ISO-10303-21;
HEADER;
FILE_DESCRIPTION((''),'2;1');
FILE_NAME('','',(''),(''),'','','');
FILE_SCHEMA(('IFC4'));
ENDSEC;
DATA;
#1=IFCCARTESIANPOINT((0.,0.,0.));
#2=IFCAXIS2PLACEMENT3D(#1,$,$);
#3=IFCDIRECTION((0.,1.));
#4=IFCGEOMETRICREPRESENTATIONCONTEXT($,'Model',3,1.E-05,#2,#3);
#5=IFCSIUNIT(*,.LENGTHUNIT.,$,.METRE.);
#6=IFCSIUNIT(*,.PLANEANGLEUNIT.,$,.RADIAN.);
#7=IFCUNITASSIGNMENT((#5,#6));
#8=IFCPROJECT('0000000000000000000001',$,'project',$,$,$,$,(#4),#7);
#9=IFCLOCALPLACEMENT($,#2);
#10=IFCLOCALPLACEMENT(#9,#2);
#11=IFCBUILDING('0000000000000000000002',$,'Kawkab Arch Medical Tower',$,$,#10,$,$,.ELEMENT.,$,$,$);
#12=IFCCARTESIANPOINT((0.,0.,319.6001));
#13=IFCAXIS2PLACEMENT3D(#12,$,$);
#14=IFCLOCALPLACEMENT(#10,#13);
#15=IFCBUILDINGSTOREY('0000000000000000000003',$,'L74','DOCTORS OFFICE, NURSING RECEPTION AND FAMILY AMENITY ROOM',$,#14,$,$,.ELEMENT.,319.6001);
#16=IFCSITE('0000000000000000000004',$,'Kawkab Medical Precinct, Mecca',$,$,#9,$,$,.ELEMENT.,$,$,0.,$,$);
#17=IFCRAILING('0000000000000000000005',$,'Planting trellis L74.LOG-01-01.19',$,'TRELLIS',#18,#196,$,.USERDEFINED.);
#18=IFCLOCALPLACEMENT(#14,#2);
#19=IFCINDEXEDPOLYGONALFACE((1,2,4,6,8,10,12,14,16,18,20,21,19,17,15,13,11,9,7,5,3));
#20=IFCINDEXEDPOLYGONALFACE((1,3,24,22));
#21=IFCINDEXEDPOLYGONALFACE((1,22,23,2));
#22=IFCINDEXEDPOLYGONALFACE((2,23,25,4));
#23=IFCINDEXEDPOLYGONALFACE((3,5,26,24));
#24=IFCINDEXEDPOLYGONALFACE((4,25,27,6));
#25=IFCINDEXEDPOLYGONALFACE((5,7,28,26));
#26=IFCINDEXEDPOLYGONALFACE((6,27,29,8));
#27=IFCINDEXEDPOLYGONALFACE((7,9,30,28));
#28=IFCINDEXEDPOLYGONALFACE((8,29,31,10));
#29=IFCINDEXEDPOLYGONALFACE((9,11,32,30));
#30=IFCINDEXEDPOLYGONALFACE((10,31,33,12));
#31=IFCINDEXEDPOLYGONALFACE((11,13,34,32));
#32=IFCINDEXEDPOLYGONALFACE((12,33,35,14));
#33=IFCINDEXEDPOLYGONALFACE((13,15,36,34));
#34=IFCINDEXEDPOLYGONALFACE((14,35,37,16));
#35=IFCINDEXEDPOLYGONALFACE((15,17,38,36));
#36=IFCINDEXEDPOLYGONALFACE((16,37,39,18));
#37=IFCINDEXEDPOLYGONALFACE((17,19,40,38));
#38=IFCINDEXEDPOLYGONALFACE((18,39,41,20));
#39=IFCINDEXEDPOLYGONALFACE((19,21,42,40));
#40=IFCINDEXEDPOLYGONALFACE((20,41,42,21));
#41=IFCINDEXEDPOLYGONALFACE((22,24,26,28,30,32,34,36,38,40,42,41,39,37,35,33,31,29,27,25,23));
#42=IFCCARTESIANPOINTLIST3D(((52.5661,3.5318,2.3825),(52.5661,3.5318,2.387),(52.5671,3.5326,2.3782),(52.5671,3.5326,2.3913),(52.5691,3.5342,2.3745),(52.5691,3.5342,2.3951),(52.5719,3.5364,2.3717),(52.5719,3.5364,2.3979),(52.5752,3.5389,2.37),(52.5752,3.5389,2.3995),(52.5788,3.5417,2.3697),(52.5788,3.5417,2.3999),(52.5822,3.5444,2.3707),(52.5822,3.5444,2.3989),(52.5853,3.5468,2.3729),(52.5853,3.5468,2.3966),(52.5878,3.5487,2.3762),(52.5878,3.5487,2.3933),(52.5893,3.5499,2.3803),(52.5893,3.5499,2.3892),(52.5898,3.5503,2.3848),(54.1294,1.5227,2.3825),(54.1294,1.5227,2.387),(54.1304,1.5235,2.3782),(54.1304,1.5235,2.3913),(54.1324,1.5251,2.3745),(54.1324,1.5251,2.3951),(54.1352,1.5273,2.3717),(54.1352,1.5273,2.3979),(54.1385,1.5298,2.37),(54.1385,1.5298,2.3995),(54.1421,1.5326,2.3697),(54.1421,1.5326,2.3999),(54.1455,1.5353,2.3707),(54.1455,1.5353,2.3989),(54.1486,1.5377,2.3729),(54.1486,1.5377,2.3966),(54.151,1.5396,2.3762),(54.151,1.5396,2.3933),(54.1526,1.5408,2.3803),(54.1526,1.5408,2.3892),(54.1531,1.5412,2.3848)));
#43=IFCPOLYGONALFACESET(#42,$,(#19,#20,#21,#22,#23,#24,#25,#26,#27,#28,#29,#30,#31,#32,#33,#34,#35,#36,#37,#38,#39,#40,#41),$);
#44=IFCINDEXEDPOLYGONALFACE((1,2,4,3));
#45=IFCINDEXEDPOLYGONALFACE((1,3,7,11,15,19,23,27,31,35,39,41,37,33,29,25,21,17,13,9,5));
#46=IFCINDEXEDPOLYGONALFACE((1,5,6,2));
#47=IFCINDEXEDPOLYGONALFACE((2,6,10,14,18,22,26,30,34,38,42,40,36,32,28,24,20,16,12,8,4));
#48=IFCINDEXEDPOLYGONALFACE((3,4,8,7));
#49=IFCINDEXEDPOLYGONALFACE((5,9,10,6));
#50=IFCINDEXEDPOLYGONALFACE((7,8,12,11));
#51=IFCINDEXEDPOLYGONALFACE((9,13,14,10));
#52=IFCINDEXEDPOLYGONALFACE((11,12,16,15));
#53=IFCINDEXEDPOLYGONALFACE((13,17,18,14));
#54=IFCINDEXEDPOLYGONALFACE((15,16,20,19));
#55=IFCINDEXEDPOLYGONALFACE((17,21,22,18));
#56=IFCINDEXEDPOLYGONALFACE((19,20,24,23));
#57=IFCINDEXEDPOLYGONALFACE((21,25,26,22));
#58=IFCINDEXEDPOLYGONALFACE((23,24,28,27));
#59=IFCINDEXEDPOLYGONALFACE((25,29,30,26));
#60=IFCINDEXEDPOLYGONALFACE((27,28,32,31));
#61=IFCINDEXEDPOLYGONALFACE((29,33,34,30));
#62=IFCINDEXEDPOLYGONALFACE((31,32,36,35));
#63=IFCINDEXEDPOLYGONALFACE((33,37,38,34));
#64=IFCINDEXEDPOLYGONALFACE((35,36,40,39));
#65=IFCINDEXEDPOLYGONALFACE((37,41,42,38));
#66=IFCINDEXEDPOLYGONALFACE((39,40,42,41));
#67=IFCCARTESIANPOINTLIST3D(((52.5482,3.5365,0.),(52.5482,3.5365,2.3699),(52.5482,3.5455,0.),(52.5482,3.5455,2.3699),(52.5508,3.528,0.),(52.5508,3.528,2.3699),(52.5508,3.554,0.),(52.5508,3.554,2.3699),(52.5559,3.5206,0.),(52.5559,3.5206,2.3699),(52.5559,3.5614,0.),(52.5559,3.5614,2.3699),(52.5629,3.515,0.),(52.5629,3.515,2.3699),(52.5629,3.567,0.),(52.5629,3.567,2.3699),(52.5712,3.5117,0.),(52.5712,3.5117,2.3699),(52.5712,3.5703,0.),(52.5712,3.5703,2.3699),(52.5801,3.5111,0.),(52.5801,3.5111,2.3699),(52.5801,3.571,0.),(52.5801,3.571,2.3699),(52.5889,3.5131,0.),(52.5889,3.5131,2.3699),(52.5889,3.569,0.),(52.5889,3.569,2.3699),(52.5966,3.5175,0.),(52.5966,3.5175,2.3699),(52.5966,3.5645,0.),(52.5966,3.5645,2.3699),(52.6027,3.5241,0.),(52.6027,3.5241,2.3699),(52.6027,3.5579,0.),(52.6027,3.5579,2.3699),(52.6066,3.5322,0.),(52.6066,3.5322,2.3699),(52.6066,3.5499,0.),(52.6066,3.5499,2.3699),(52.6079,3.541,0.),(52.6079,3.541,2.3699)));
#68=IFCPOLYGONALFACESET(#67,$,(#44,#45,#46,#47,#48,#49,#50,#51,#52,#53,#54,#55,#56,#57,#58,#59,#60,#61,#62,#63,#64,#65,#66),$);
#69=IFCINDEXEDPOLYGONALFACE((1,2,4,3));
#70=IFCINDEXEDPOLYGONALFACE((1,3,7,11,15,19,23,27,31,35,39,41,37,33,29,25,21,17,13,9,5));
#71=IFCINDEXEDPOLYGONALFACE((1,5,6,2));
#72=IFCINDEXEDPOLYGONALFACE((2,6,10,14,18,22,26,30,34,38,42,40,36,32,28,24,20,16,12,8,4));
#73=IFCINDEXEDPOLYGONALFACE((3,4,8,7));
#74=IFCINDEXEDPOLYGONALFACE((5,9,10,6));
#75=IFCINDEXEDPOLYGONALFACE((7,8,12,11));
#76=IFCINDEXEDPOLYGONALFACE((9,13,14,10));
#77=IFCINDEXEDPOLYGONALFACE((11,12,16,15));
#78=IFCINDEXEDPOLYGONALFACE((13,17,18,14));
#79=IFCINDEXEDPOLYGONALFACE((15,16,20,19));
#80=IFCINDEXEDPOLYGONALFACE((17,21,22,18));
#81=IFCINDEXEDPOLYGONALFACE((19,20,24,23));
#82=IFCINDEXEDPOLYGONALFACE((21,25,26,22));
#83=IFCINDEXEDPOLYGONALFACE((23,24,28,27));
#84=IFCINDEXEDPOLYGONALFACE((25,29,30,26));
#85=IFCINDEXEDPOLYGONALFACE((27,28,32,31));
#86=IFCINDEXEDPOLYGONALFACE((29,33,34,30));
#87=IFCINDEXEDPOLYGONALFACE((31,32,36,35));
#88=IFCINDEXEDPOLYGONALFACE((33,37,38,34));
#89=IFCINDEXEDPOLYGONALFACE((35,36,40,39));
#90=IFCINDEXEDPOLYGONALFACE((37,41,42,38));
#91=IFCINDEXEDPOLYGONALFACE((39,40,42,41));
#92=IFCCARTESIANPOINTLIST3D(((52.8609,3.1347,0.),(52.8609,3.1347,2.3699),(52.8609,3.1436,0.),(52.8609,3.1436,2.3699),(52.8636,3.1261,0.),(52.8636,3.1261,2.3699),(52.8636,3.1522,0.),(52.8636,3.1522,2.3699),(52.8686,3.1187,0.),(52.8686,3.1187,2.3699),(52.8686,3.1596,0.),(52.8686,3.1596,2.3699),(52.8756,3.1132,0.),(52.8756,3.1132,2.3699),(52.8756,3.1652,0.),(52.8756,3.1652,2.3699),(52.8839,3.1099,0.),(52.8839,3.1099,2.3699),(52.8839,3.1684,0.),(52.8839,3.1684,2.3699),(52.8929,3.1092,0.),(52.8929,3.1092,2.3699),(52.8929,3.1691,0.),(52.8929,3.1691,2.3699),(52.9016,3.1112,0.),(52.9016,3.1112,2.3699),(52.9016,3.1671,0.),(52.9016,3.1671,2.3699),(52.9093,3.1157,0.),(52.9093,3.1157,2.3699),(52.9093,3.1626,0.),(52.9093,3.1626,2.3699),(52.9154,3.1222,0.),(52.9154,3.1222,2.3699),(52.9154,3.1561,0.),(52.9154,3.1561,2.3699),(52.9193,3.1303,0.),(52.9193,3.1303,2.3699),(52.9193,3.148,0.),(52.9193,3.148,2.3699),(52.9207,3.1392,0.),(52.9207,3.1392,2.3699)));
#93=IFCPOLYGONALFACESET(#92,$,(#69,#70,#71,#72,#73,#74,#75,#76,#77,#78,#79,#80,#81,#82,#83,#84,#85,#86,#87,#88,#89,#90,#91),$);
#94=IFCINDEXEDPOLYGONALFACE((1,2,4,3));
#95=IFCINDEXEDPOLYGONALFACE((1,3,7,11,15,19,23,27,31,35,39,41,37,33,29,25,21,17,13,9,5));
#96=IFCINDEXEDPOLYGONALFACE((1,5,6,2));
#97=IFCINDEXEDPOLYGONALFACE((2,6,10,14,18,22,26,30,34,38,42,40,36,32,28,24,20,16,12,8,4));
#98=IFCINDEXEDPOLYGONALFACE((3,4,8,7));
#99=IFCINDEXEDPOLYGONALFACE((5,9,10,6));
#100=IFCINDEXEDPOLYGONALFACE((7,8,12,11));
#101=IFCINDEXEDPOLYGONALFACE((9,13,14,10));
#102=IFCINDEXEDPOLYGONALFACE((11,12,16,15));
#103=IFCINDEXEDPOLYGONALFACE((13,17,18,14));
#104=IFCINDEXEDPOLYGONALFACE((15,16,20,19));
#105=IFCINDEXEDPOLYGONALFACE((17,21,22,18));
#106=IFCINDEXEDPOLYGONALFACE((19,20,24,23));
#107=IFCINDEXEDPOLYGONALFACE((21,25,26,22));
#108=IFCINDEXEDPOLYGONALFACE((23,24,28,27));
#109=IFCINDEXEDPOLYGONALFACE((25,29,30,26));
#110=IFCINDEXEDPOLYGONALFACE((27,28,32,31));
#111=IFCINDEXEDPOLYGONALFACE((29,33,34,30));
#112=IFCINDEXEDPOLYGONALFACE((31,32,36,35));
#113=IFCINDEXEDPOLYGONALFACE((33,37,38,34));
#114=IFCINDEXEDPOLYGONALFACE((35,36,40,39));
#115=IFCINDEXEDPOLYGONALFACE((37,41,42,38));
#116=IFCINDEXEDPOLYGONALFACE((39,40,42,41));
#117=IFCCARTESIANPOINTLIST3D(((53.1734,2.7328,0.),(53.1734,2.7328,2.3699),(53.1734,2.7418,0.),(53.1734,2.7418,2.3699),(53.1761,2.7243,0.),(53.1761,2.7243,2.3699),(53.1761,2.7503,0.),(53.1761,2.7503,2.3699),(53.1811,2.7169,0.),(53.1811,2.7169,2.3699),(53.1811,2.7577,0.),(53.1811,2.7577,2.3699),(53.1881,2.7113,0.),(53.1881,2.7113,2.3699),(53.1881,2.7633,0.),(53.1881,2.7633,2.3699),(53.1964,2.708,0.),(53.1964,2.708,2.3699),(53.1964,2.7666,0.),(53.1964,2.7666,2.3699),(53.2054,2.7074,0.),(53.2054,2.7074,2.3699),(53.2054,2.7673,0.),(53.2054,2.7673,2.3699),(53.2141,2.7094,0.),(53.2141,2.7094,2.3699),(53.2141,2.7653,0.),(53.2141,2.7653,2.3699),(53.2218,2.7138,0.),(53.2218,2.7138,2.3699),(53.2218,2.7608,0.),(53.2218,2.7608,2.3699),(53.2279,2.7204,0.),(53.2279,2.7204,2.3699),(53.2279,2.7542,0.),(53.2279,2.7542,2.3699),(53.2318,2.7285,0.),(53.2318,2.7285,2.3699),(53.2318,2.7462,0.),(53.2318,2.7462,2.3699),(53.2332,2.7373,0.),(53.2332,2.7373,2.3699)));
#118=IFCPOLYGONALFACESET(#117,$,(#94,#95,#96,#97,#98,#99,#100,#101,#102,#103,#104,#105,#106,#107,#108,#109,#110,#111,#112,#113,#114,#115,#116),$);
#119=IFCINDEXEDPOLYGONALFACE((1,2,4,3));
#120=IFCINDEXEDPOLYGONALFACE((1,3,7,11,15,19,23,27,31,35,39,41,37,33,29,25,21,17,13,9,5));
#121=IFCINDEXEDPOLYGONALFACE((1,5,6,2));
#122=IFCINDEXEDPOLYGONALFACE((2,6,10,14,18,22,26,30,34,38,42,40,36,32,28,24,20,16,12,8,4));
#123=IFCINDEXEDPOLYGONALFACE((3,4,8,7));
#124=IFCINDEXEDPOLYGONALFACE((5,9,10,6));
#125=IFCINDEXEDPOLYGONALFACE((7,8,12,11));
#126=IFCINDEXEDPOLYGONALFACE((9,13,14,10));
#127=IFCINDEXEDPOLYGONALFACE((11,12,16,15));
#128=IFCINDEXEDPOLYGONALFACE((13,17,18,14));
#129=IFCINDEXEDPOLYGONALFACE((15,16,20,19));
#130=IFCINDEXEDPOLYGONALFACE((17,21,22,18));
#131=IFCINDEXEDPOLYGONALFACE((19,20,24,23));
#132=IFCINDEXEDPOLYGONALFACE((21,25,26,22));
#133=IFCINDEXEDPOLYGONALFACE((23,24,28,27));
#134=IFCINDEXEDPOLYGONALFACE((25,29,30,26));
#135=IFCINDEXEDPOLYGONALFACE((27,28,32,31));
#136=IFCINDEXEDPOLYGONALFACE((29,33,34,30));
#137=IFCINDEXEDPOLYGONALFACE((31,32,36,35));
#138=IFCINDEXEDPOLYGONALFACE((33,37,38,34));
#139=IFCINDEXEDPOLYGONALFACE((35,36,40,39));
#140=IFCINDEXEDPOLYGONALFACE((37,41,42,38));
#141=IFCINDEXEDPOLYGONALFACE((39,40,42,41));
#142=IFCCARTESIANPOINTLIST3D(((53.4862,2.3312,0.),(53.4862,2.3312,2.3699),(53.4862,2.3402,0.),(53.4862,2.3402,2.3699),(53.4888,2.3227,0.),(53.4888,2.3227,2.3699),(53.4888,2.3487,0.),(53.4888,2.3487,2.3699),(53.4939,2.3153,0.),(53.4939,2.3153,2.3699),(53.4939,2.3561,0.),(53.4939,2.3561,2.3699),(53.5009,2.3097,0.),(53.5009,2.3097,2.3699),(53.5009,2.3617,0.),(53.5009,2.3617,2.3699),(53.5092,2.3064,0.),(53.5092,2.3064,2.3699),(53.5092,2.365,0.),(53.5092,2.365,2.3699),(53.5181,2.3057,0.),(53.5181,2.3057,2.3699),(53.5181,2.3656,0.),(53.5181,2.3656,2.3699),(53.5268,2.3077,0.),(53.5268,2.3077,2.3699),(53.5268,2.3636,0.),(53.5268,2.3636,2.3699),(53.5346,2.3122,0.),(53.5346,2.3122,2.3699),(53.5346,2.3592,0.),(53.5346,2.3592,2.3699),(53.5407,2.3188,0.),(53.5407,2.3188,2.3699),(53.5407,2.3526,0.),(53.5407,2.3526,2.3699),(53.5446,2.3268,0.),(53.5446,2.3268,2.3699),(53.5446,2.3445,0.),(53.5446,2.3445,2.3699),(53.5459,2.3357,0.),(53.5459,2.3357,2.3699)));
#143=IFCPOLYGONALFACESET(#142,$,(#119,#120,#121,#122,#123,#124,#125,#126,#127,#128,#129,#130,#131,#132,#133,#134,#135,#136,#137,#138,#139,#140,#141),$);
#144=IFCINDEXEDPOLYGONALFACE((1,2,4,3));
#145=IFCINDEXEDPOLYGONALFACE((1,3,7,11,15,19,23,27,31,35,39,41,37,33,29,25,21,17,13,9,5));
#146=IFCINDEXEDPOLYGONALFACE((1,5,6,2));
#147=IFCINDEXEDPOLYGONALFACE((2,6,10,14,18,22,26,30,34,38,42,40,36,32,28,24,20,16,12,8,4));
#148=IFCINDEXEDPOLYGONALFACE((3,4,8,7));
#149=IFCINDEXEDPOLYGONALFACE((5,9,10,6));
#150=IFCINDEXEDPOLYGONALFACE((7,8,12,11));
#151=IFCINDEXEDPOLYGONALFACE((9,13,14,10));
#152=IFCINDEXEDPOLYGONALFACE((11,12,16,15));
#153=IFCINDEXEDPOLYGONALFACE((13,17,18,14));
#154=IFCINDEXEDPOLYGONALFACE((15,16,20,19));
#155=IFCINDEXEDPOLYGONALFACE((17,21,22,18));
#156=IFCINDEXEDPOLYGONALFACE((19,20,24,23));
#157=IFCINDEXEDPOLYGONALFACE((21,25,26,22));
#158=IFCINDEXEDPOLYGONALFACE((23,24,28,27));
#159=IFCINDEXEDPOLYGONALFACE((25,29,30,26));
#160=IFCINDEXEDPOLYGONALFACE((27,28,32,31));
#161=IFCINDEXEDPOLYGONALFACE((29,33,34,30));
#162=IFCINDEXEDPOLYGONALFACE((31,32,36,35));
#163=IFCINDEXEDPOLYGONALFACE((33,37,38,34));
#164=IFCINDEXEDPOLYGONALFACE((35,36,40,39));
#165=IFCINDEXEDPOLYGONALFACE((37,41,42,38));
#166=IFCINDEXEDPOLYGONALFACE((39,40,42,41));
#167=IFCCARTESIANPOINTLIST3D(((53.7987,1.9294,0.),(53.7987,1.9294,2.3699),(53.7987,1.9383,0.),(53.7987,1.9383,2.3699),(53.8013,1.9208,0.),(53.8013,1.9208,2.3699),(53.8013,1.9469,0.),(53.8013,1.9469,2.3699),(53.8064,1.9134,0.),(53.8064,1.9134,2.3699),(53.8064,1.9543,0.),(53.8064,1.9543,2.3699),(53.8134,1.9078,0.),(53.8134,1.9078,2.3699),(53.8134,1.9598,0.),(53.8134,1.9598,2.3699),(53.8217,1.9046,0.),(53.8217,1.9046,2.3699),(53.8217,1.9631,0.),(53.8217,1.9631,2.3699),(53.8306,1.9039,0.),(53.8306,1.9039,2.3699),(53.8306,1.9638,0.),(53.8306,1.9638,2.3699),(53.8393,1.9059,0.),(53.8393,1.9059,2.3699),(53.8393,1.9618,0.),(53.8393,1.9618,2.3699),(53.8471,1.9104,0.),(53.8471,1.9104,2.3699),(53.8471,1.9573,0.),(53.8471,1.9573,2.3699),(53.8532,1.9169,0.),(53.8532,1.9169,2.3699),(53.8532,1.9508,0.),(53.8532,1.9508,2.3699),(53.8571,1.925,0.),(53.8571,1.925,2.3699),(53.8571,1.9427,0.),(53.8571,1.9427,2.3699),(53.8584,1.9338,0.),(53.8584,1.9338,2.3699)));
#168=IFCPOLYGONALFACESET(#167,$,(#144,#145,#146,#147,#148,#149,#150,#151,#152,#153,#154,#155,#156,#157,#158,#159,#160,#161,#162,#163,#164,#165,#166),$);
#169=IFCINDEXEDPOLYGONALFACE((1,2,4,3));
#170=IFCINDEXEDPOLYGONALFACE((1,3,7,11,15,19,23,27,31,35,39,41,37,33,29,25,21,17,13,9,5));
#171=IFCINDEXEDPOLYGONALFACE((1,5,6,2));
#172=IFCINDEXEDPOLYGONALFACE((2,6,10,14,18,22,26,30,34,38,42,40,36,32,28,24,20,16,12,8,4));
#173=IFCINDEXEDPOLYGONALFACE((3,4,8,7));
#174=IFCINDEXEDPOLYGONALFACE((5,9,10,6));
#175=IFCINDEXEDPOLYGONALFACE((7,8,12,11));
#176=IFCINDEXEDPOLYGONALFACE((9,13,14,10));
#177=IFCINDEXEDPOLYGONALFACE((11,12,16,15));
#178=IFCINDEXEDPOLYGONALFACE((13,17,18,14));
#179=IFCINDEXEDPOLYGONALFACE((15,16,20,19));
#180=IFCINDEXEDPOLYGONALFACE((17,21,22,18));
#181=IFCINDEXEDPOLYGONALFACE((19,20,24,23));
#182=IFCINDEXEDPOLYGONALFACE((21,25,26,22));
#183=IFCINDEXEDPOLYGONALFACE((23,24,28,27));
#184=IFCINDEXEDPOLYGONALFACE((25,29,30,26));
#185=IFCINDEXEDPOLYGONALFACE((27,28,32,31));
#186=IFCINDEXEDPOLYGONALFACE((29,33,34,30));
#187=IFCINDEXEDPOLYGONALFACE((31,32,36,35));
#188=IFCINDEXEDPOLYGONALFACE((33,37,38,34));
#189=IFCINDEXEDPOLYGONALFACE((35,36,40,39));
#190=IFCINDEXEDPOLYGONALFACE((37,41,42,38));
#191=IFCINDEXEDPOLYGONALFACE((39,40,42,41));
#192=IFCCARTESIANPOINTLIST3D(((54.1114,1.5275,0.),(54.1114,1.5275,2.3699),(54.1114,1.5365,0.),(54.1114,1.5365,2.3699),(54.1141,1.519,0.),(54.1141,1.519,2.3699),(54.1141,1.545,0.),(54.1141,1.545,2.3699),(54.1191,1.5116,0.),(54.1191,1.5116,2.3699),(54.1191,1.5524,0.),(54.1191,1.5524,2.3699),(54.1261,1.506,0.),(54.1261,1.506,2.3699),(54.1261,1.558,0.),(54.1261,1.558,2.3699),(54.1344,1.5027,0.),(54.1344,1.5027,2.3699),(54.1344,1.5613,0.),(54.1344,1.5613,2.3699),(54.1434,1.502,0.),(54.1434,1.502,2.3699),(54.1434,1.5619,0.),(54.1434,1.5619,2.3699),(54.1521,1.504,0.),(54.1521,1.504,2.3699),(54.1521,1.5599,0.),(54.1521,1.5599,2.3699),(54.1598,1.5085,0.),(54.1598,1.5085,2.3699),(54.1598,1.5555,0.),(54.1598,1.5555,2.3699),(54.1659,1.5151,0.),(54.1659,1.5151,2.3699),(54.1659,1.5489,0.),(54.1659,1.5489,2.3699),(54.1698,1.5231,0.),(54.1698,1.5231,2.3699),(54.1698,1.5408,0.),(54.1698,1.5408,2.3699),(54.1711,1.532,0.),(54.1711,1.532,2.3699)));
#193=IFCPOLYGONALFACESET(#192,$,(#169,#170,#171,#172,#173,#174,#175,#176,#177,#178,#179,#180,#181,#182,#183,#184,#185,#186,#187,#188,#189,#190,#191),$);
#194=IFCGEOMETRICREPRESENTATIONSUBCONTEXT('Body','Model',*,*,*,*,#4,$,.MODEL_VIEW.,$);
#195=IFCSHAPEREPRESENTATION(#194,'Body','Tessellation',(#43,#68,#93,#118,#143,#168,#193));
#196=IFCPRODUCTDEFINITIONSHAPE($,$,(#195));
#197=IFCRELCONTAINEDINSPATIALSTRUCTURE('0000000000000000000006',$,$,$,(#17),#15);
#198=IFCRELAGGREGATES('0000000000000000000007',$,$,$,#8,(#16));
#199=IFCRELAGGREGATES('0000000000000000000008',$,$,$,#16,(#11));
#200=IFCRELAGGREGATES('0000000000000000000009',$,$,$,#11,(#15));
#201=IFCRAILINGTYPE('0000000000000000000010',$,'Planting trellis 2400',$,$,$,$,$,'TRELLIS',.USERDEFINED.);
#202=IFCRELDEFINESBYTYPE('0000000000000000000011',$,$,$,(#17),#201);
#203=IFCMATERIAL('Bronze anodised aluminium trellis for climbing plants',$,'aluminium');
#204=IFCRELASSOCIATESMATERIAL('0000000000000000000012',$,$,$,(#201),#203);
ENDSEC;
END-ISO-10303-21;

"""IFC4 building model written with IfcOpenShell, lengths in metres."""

from ifc_helpers import new_model, si_unit, direction, frame, origin, origin_2d, place, context, subcontext, project, spatial, circle, extrude, material, type_object, element, save


model = new_model("IFC4")

# Units and contexts
model_context = context("Model", 3, precision=1e-05, world=origin(), true_north=direction((0.0, 1.0)))
body_context = subcontext(model_context, "Body", "Model", "MODEL_VIEW")
ifc_project = project(units=[si_unit("LENGTHUNIT", "METRE"), si_unit("PLANEANGLEUNIT", "RADIAN")], contexts=[model_context])

# Site, building, storey
site_placement = place(None, origin())
site = spatial("IfcSite", under=ifc_project, at=site_placement, Name="Kawkab Medical Precinct, Mecca", CompositionType="ELEMENT", RefElevation=0.0)
building_placement = place(site_placement, origin())
building = spatial("IfcBuilding", under=site, at=building_placement, Name="Kawkab Arch Medical Tower", CompositionType="ELEMENT")
storey_placement = place(building_placement, frame((0.0, 0.0, 319.6001)))
storey = spatial("IfcBuildingStorey", under=building, at=storey_placement, Name="L74", Description="DOCTORS OFFICE, NURSING RECEPTION AND FAMILY AMENITY ROOM", CompositionType="ELEMENT", Elevation=319.6001)

# Railing
ifc_material_1 = material(Name="Bronze anodised aluminium trellis for climbing plants", Category="aluminium")
railing_type = type_object("IfcRailingType", Name="Planting trellis 2400", ElementType="TRELLIS", PredefinedType="USERDEFINED", material=ifc_material_1)
railing_1_placement = place(storey_placement, frame((52.5779, 3.541, 0.0)))
element("IfcRailing", 1, at=railing_1_placement, inside=storey, type_object=railing_type, Name="Planting trellis L74.LOG-01-01.19", ObjectType="TRELLIS", PredefinedType="USERDEFINED", context=body_context, shape_type="SweptSolid", body=[
    extrude(circle(Radius=0.0151, at=origin_2d()), frame((0.0, 0.0, 2.3848), z_axis=(0.6141, -0.789228, 0.0), x_axis=(0.789228, 0.6141, 0.0)), (0.0, 0.0, 1.0), 2.5457),
    extrude(circle(Radius=0.03, at=origin_2d()), origin(), (0.0, 0.0, 1.0), 2.3699),
    extrude(circle(Radius=0.03, at=origin_2d()), frame((0.3127, -0.4019, 0.0)), (0.0, 0.0, 1.0), 2.3699),
    extrude(circle(Radius=0.03, at=origin_2d()), frame((0.6252, -0.8037, 0.0)), (0.0, 0.0, 1.0), 2.3699),
    extrude(circle(Radius=0.03, at=origin_2d()), frame((0.938, -1.2053, 0.0)), (0.0, 0.0, 1.0), 2.3699),
    extrude(circle(Radius=0.03, at=origin_2d()), frame((1.2505, -1.6072, 0.0)), (0.0, 0.0, 1.0), 2.3699),
    extrude(circle(Radius=0.03, at=origin_2d()), frame((1.5632, -2.009, 0.0)), (0.0, 0.0, 1.0), 2.3699),
])

save(model, "model.ifc")
